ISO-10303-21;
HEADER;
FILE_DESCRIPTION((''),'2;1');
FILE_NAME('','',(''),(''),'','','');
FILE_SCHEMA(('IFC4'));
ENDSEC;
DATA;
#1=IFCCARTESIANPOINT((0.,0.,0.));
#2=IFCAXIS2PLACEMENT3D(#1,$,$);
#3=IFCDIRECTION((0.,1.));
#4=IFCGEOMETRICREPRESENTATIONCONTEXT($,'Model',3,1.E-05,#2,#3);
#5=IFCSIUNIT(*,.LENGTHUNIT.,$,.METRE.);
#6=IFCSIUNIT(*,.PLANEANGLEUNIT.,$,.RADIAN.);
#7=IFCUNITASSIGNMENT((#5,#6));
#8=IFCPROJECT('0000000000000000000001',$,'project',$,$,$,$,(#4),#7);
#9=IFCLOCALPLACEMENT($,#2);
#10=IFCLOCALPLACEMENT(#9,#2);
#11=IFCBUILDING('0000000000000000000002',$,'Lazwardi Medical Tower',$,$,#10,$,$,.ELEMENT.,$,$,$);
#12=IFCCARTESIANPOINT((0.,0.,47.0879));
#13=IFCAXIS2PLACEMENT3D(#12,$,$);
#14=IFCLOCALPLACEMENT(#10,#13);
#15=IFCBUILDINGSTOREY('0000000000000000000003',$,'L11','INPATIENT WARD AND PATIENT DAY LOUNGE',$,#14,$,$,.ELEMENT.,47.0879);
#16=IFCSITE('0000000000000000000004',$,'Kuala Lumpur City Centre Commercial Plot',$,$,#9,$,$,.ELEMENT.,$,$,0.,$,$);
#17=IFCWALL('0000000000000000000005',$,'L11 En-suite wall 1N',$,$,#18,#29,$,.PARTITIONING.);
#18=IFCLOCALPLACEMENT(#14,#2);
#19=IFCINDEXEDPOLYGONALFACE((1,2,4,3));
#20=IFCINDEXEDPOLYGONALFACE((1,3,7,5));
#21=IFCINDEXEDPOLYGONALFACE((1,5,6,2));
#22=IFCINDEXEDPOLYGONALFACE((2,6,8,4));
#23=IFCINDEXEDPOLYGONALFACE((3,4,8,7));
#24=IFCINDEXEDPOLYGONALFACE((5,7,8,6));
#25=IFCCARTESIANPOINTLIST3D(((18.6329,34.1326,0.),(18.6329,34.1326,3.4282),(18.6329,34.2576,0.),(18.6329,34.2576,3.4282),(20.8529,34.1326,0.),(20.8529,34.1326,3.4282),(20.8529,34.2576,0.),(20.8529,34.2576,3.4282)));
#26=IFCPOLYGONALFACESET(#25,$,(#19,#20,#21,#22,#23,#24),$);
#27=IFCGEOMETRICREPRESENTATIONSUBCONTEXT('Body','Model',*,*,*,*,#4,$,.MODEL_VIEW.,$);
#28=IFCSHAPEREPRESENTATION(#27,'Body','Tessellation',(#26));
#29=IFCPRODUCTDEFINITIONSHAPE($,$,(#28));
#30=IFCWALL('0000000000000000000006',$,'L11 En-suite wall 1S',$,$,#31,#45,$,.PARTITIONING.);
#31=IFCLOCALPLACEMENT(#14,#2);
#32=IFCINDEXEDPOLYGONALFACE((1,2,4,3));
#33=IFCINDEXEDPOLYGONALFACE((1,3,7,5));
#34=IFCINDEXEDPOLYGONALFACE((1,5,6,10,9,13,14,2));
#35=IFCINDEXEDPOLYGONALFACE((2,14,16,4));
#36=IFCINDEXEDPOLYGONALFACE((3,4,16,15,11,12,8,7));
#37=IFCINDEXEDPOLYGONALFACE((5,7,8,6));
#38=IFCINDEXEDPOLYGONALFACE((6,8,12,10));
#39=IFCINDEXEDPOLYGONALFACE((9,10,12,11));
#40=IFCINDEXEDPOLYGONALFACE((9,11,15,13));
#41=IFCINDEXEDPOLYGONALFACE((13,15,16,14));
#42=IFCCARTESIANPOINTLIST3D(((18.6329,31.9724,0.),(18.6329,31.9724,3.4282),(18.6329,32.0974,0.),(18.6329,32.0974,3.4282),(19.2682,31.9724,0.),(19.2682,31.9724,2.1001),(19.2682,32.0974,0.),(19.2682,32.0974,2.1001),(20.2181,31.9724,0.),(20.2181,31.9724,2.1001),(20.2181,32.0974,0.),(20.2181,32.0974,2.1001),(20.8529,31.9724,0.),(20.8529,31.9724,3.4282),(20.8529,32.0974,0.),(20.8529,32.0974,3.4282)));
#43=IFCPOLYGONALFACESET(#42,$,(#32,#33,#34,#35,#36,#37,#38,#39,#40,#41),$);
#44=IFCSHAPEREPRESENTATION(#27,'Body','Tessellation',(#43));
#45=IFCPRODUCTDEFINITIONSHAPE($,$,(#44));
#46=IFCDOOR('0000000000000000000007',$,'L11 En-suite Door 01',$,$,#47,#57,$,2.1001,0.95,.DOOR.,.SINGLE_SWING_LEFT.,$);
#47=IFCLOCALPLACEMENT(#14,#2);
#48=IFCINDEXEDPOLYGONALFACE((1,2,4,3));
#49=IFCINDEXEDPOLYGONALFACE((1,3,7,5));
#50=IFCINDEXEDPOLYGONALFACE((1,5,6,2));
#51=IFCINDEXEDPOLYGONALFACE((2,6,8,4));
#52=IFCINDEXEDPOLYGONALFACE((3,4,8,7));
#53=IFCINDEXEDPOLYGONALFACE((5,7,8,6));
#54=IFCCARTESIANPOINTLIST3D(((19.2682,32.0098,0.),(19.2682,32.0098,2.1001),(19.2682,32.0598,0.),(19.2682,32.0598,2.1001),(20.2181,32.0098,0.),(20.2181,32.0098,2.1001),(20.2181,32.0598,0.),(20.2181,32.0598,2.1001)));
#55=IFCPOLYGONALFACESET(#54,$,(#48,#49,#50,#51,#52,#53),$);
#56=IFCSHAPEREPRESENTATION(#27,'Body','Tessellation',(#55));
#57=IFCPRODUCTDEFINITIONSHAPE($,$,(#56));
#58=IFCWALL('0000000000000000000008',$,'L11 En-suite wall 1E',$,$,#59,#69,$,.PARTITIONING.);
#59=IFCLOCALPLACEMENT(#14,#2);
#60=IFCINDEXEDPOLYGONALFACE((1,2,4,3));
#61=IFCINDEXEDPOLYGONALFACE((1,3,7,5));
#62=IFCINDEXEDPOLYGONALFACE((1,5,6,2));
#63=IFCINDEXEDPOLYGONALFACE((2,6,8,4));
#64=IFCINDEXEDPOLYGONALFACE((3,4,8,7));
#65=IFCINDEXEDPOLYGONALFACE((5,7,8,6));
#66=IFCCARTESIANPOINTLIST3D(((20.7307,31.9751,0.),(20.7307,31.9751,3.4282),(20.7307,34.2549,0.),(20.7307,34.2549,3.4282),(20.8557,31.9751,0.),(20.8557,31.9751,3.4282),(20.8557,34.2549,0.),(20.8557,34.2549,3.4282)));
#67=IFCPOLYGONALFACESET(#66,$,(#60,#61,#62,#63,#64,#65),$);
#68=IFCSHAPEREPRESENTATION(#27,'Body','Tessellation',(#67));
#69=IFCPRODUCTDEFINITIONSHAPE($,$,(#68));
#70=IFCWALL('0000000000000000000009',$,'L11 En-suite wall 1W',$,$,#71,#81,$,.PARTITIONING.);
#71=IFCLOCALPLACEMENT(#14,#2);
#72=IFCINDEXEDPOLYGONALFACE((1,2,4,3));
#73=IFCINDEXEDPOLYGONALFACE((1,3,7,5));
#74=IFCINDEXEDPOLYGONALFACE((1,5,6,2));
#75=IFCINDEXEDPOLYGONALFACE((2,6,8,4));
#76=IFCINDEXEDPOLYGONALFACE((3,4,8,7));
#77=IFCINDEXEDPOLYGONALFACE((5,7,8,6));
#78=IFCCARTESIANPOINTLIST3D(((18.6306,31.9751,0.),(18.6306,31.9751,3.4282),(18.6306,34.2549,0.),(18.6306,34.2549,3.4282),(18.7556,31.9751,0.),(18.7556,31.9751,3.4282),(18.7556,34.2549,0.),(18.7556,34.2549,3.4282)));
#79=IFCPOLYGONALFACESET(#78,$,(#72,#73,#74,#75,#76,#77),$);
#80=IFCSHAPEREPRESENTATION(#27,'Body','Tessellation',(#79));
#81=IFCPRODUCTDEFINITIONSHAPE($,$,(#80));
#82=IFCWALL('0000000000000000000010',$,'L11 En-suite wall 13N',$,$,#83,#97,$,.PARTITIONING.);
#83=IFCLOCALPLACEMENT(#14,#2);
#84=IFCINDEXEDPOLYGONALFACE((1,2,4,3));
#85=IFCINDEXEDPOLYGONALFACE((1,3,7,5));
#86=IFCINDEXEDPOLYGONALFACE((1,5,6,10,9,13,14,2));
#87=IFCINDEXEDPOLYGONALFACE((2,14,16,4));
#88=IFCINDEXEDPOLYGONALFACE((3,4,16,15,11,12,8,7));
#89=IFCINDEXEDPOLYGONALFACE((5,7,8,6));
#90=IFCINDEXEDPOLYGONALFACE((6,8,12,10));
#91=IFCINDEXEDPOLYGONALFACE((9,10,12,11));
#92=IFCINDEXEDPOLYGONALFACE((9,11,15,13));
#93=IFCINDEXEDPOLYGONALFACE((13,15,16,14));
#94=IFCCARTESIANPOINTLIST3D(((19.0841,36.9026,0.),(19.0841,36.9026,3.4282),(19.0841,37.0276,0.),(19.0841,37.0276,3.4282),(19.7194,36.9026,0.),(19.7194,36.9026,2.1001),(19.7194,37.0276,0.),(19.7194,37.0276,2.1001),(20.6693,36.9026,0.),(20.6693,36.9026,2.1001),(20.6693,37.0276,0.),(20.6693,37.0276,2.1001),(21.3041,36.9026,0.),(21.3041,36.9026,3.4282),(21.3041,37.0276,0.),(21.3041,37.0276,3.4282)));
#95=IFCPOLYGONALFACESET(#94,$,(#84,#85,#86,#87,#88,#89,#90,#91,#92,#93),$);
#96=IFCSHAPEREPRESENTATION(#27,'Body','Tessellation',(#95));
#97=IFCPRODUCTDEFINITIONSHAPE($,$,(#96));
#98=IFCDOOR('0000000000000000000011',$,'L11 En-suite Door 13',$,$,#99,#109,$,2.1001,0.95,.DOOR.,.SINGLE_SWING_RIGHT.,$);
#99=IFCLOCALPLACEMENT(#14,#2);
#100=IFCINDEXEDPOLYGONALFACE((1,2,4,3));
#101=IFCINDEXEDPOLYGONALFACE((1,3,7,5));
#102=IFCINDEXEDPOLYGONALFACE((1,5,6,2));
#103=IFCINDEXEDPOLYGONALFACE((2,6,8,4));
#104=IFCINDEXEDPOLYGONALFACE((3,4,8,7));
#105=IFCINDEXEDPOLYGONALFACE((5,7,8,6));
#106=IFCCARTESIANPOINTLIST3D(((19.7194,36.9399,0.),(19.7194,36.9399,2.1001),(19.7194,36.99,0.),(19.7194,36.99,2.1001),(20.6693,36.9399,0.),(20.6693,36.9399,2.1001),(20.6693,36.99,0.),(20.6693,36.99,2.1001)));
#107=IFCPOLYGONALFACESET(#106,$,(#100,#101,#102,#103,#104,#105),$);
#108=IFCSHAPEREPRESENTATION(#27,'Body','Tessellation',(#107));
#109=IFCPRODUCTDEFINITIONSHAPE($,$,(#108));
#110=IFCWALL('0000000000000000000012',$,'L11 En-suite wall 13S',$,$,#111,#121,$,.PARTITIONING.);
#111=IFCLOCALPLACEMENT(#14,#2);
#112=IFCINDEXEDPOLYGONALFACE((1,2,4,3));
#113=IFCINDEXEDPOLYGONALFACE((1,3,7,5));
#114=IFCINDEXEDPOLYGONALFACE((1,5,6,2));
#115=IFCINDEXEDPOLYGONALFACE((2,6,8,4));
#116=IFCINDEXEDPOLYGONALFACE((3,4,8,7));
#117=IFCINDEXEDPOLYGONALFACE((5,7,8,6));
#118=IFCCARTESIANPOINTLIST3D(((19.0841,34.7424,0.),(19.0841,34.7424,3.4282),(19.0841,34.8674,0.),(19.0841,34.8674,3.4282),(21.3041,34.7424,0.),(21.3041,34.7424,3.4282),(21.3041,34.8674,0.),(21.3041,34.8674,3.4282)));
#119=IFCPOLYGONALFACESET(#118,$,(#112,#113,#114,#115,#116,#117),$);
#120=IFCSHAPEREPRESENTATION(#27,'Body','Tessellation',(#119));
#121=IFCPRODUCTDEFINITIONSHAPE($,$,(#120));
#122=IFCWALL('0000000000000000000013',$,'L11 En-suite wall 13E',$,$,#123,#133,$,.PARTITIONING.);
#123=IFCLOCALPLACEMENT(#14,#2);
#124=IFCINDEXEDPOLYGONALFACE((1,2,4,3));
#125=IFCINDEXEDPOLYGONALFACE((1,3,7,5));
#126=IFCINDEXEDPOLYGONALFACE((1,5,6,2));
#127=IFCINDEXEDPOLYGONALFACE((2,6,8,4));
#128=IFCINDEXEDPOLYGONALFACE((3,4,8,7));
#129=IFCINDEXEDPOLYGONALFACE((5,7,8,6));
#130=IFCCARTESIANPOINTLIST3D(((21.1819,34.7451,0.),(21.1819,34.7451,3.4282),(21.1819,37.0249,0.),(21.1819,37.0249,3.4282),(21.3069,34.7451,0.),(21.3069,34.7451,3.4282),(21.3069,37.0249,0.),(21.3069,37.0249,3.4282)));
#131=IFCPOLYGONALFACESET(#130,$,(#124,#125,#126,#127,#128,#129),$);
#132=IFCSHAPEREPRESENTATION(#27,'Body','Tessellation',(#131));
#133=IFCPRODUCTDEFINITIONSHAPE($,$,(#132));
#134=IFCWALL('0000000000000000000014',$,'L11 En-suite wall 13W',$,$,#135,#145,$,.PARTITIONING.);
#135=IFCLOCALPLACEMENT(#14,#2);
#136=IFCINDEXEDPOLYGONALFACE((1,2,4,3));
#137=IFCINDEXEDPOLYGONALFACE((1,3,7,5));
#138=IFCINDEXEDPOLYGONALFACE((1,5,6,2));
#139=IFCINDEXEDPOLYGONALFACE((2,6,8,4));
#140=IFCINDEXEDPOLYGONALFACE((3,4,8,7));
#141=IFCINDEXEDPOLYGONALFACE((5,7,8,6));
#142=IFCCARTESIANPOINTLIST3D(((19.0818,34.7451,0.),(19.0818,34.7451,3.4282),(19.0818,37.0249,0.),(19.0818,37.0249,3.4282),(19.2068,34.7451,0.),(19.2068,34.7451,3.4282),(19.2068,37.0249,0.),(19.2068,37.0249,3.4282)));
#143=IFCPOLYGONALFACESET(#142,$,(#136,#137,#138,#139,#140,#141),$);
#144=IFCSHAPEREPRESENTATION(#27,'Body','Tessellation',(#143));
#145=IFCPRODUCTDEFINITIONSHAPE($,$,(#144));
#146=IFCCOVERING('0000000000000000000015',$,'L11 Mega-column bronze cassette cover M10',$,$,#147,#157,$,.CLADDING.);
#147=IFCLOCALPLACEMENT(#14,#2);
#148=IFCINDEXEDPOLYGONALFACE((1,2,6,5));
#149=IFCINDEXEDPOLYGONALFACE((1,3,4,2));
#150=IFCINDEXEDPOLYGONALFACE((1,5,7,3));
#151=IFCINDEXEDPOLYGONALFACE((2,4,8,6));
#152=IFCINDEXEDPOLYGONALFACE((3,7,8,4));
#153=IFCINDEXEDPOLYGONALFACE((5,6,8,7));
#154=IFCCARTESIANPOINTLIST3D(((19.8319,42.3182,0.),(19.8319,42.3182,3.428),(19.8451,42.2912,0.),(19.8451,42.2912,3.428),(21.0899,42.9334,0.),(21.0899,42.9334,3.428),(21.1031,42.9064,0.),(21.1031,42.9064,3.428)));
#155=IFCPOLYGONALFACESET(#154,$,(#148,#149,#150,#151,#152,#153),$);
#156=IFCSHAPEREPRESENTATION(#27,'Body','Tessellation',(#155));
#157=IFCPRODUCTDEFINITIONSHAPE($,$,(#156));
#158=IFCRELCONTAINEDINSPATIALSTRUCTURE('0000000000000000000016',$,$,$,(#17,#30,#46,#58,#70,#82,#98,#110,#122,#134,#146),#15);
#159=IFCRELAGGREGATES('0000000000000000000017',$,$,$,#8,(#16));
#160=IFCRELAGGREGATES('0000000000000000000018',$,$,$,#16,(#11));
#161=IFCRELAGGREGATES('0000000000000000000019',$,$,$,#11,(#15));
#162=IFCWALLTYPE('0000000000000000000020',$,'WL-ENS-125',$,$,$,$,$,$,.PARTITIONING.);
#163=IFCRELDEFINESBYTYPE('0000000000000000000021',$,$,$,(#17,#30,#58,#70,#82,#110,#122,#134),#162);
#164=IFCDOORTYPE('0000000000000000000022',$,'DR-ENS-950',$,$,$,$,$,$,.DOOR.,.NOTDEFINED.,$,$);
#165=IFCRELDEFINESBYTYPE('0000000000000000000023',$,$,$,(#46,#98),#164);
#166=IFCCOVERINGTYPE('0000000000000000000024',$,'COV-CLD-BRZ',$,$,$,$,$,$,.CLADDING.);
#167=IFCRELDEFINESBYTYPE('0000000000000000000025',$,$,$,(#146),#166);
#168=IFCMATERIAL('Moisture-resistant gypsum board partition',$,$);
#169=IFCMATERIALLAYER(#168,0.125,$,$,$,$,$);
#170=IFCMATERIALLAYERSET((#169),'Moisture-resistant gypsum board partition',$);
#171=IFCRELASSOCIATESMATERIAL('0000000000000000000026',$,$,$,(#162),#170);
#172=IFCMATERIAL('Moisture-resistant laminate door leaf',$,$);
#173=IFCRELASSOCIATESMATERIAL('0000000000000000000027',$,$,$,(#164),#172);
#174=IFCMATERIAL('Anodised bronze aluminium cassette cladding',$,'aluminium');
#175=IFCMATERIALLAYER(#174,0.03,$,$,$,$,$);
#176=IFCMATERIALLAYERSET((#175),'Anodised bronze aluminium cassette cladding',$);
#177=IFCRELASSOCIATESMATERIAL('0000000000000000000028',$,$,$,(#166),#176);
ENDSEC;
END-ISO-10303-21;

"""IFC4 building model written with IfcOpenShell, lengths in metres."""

from ifc_helpers import new_model, si_unit, direction, frame, frame_2d, origin, origin_2d, place, context, subcontext, project, spatial, rectangle, extrude, material, layer, layer_set, type_object, element, fill, save


model = new_model("IFC4")

# Units and contexts
model_context = context("Model", 3, precision=1e-05, world=origin(), true_north=direction((0.0, 1.0)))
body_context = subcontext(model_context, "Body", "Model", "MODEL_VIEW")
ifc_project = project(units=[si_unit("LENGTHUNIT", "METRE"), si_unit("PLANEANGLEUNIT", "RADIAN")], contexts=[model_context])

# Site, building, storey
site_placement = place(None, origin())
site = spatial("IfcSite", under=ifc_project, at=site_placement, Name="Kuala Lumpur City Centre Commercial Plot", CompositionType="ELEMENT", RefElevation=0.0)
building_placement = place(site_placement, origin())
building = spatial("IfcBuilding", under=site, at=building_placement, Name="Lazwardi Medical Tower", CompositionType="ELEMENT")
storey_placement = place(building_placement, frame((0.0, 0.0, 47.0879)))
storey = spatial("IfcBuildingStorey", under=building, at=storey_placement, Name="L11", Description="INPATIENT WARD AND PATIENT DAY LOUNGE", CompositionType="ELEMENT", Elevation=47.0879)

# Wall
ifc_material_1 = material(Name="Moisture-resistant gypsum board partition")
ifc_layer_1 = layer(ifc_material_1, 0.125)
ifc_layer_set_1 = layer_set([ifc_layer_1], Name="Moisture-resistant gypsum board partition")
wall_type = type_object("IfcWallType", Name="WL-ENS-125", PredefinedType="PARTITIONING", material=ifc_layer_set_1)
wall_1_placement = place(storey_placement, frame((18.6331, 34.1951, 0.0), z_axis=(0.0, 0.0, 1.0), x_axis=(1.0, 0.0, 0.0)))
element("IfcWall", 1, at=wall_1_placement, inside=storey, type_object=wall_type, Name="L11 En-suite wall 1N", PredefinedType="PARTITIONING", context=body_context, shape_type="SweptSolid", body=[
    extrude(rectangle(XDim=2.22, YDim=0.125, at=frame_2d((1.1099, 0.0))), origin(), (0.0, 0.0, 1.0), 3.4282),
])

# Wall, opening, door
wall_2_placement = place(storey_placement, frame((18.6331, 32.0349, 0.0), z_axis=(0.0, 0.0, 1.0), x_axis=(1.0, 0.0, 0.0)))
wall_2 = element("IfcWall", 2, at=wall_2_placement, inside=storey, type_object=wall_type, Name="L11 En-suite wall 1S", PredefinedType="PARTITIONING", context=body_context, shape_type="SweptSolid", body=[
    extrude(rectangle(XDim=2.22, YDim=0.125, at=frame_2d((1.1099, 0.0))), origin(), (0.0, 0.0, 1.0), 3.4282),
])
opening_1_placement = place(wall_2_placement, frame((0.635, 0.0, 0.0)))
opening_1 = element("IfcOpeningElement", 3, at=opening_1_placement, cuts=wall_2, PredefinedType="OPENING", context=body_context, shape_type="SweptSolid", body=[
    extrude(rectangle(XDim=0.95, YDim=2.1001, at=frame_2d((0.4751, 1.05))), frame((0.0, 0.0725, 0.0), z_axis=(0.0, -1.0, 0.0), x_axis=(1.0, 0.0, 0.0)), (0.0, 0.0, 1.0), 0.145),
])
ifc_material_2 = material(Name="Moisture-resistant laminate door leaf")
door_type = type_object("IfcDoorType", Name="DR-ENS-950", OperationType="NOTDEFINED", PredefinedType="DOOR", material=ifc_material_2)
door_1_placement = place(opening_1_placement, origin())
door_1 = element("IfcDoor", 4, at=door_1_placement, inside=storey, type_object=door_type, Name="L11 En-suite Door 01", OperationType="SINGLE_SWING_LEFT", OverallHeight=2.1001, OverallWidth=0.95, PredefinedType="DOOR", context=body_context, shape_type="SweptSolid", body=[
    extrude(rectangle(XDim=0.95, YDim=2.1001, at=frame_2d((0.4751, 1.05))), frame((0.0, 0.0249, 0.0), z_axis=(0.0, -1.0, 0.0), x_axis=(1.0, 0.0, 0.0)), (0.0, 0.0, 1.0), 0.05),
])
fill(opening_1, door_1)

# Walls
for number, where, z_axis, x_axis, name in (
    (5, (20.7932, 31.9751, 0.0), (0.0, 0.0, 1.0), (0.0, 1.0, 0.0), "L11 En-suite wall 1E"),
    (6, (18.6931, 31.9751, 0.0), (0.0, 0.0, 1.0), (0.0, 1.0, 0.0), "L11 En-suite wall 1W"),
):
    element("IfcWall", number, at=place(storey_placement, frame(where, z_axis=z_axis, x_axis=x_axis)), inside=storey, type_object=wall_type, Name=name, PredefinedType="PARTITIONING", context=body_context, shape_type="SweptSolid", body=[
        extrude(rectangle(XDim=2.2798, YDim=0.125, at=frame_2d((1.1399, 0.0))), origin(), (0.0, 0.0, 1.0), 3.4282),
    ])

# Wall, opening, door
wall_3_placement = place(storey_placement, frame((19.0842, 36.9651, 0.0), z_axis=(0.0, 0.0, 1.0), x_axis=(1.0, 0.0, 0.0)))
wall_3 = element("IfcWall", 7, at=wall_3_placement, inside=storey, type_object=wall_type, Name="L11 En-suite wall 13N", PredefinedType="PARTITIONING", context=body_context, shape_type="SweptSolid", body=[
    extrude(rectangle(XDim=2.22, YDim=0.125, at=frame_2d((1.1099, 0.0))), origin(), (0.0, 0.0, 1.0), 3.4282),
])
opening_2_placement = place(wall_3_placement, frame((0.635, 0.0, 0.0)))
opening_2 = element("IfcOpeningElement", 8, at=opening_2_placement, cuts=wall_3, PredefinedType="OPENING", context=body_context, shape_type="SweptSolid", body=[
    extrude(rectangle(XDim=0.95, YDim=2.1001, at=frame_2d((0.4751, 1.05))), frame((0.0, 0.0725, 0.0), z_axis=(0.0, -1.0, 0.0), x_axis=(1.0, 0.0, 0.0)), (0.0, 0.0, 1.0), 0.145),
])
door_2_placement = place(opening_2_placement, origin())
door_2 = element("IfcDoor", 9, at=door_2_placement, inside=storey, type_object=door_type, Name="L11 En-suite Door 13", OperationType="SINGLE_SWING_RIGHT", OverallHeight=2.1001, OverallWidth=0.95, PredefinedType="DOOR", context=body_context, shape_type="SweptSolid", body=[
    extrude(rectangle(XDim=0.95, YDim=2.1001, at=frame_2d((0.4751, 1.05))), frame((0.0, 0.0249, 0.0), z_axis=(0.0, -1.0, 0.0), x_axis=(1.0, 0.0, 0.0)), (0.0, 0.0, 1.0), 0.05),
])
fill(opening_2, door_2)

# Walls
wall_4_placement = place(storey_placement, frame((19.0842, 34.8049, 0.0), z_axis=(0.0, 0.0, 1.0), x_axis=(1.0, 0.0, 0.0)))
element("IfcWall", 10, at=wall_4_placement, inside=storey, type_object=wall_type, Name="L11 En-suite wall 13S", PredefinedType="PARTITIONING", context=body_context, shape_type="SweptSolid", body=[
    extrude(rectangle(XDim=2.22, YDim=0.125, at=frame_2d((1.1099, 0.0))), origin(), (0.0, 0.0, 1.0), 3.4282),
])
for number, where, z_axis, x_axis, name in (
    (11, (21.2444, 34.7451, 0.0), (0.0, 0.0, 1.0), (0.0, 1.0, 0.0), "L11 En-suite wall 13E"),
    (12, (19.1443, 34.7451, 0.0), (0.0, 0.0, 1.0), (0.0, 1.0, 0.0), "L11 En-suite wall 13W"),
):
    element("IfcWall", number, at=place(storey_placement, frame(where, z_axis=z_axis, x_axis=x_axis)), inside=storey, type_object=wall_type, Name=name, PredefinedType="PARTITIONING", context=body_context, shape_type="SweptSolid", body=[
        extrude(rectangle(XDim=2.2798, YDim=0.125, at=frame_2d((1.1399, 0.0))), origin(), (0.0, 0.0, 1.0), 3.4282),
    ])

# Covering
ifc_material_3 = material(Name="Anodised bronze aluminium cassette cladding", Category="aluminium")
ifc_layer_2 = layer(ifc_material_3, 0.03)
ifc_layer_set_2 = layer_set([ifc_layer_2], Name="Anodised bronze aluminium cassette cladding")
covering_type = type_object("IfcCoveringType", Name="COV-CLD-BRZ", PredefinedType="CLADDING", material=ifc_layer_set_2)
covering_placement = place(storey_placement, frame((20.4675, 42.6123, 0.0), z_axis=(0.0, 0.0, 1.0), x_axis=(-0.898334, -0.439312, 0.0)))
element("IfcCovering", 13, at=covering_placement, inside=storey, type_object=covering_type, Name="L11 Mega-column bronze cassette cover M10", PredefinedType="CLADDING", context=body_context, shape_type="SweptSolid", body=[
    extrude(rectangle(XDim=1.4004, YDim=0.03, at=origin_2d()), origin(), (0.0, 0.0, 1.0), 3.428),
])

save(model, "model.ifc")
